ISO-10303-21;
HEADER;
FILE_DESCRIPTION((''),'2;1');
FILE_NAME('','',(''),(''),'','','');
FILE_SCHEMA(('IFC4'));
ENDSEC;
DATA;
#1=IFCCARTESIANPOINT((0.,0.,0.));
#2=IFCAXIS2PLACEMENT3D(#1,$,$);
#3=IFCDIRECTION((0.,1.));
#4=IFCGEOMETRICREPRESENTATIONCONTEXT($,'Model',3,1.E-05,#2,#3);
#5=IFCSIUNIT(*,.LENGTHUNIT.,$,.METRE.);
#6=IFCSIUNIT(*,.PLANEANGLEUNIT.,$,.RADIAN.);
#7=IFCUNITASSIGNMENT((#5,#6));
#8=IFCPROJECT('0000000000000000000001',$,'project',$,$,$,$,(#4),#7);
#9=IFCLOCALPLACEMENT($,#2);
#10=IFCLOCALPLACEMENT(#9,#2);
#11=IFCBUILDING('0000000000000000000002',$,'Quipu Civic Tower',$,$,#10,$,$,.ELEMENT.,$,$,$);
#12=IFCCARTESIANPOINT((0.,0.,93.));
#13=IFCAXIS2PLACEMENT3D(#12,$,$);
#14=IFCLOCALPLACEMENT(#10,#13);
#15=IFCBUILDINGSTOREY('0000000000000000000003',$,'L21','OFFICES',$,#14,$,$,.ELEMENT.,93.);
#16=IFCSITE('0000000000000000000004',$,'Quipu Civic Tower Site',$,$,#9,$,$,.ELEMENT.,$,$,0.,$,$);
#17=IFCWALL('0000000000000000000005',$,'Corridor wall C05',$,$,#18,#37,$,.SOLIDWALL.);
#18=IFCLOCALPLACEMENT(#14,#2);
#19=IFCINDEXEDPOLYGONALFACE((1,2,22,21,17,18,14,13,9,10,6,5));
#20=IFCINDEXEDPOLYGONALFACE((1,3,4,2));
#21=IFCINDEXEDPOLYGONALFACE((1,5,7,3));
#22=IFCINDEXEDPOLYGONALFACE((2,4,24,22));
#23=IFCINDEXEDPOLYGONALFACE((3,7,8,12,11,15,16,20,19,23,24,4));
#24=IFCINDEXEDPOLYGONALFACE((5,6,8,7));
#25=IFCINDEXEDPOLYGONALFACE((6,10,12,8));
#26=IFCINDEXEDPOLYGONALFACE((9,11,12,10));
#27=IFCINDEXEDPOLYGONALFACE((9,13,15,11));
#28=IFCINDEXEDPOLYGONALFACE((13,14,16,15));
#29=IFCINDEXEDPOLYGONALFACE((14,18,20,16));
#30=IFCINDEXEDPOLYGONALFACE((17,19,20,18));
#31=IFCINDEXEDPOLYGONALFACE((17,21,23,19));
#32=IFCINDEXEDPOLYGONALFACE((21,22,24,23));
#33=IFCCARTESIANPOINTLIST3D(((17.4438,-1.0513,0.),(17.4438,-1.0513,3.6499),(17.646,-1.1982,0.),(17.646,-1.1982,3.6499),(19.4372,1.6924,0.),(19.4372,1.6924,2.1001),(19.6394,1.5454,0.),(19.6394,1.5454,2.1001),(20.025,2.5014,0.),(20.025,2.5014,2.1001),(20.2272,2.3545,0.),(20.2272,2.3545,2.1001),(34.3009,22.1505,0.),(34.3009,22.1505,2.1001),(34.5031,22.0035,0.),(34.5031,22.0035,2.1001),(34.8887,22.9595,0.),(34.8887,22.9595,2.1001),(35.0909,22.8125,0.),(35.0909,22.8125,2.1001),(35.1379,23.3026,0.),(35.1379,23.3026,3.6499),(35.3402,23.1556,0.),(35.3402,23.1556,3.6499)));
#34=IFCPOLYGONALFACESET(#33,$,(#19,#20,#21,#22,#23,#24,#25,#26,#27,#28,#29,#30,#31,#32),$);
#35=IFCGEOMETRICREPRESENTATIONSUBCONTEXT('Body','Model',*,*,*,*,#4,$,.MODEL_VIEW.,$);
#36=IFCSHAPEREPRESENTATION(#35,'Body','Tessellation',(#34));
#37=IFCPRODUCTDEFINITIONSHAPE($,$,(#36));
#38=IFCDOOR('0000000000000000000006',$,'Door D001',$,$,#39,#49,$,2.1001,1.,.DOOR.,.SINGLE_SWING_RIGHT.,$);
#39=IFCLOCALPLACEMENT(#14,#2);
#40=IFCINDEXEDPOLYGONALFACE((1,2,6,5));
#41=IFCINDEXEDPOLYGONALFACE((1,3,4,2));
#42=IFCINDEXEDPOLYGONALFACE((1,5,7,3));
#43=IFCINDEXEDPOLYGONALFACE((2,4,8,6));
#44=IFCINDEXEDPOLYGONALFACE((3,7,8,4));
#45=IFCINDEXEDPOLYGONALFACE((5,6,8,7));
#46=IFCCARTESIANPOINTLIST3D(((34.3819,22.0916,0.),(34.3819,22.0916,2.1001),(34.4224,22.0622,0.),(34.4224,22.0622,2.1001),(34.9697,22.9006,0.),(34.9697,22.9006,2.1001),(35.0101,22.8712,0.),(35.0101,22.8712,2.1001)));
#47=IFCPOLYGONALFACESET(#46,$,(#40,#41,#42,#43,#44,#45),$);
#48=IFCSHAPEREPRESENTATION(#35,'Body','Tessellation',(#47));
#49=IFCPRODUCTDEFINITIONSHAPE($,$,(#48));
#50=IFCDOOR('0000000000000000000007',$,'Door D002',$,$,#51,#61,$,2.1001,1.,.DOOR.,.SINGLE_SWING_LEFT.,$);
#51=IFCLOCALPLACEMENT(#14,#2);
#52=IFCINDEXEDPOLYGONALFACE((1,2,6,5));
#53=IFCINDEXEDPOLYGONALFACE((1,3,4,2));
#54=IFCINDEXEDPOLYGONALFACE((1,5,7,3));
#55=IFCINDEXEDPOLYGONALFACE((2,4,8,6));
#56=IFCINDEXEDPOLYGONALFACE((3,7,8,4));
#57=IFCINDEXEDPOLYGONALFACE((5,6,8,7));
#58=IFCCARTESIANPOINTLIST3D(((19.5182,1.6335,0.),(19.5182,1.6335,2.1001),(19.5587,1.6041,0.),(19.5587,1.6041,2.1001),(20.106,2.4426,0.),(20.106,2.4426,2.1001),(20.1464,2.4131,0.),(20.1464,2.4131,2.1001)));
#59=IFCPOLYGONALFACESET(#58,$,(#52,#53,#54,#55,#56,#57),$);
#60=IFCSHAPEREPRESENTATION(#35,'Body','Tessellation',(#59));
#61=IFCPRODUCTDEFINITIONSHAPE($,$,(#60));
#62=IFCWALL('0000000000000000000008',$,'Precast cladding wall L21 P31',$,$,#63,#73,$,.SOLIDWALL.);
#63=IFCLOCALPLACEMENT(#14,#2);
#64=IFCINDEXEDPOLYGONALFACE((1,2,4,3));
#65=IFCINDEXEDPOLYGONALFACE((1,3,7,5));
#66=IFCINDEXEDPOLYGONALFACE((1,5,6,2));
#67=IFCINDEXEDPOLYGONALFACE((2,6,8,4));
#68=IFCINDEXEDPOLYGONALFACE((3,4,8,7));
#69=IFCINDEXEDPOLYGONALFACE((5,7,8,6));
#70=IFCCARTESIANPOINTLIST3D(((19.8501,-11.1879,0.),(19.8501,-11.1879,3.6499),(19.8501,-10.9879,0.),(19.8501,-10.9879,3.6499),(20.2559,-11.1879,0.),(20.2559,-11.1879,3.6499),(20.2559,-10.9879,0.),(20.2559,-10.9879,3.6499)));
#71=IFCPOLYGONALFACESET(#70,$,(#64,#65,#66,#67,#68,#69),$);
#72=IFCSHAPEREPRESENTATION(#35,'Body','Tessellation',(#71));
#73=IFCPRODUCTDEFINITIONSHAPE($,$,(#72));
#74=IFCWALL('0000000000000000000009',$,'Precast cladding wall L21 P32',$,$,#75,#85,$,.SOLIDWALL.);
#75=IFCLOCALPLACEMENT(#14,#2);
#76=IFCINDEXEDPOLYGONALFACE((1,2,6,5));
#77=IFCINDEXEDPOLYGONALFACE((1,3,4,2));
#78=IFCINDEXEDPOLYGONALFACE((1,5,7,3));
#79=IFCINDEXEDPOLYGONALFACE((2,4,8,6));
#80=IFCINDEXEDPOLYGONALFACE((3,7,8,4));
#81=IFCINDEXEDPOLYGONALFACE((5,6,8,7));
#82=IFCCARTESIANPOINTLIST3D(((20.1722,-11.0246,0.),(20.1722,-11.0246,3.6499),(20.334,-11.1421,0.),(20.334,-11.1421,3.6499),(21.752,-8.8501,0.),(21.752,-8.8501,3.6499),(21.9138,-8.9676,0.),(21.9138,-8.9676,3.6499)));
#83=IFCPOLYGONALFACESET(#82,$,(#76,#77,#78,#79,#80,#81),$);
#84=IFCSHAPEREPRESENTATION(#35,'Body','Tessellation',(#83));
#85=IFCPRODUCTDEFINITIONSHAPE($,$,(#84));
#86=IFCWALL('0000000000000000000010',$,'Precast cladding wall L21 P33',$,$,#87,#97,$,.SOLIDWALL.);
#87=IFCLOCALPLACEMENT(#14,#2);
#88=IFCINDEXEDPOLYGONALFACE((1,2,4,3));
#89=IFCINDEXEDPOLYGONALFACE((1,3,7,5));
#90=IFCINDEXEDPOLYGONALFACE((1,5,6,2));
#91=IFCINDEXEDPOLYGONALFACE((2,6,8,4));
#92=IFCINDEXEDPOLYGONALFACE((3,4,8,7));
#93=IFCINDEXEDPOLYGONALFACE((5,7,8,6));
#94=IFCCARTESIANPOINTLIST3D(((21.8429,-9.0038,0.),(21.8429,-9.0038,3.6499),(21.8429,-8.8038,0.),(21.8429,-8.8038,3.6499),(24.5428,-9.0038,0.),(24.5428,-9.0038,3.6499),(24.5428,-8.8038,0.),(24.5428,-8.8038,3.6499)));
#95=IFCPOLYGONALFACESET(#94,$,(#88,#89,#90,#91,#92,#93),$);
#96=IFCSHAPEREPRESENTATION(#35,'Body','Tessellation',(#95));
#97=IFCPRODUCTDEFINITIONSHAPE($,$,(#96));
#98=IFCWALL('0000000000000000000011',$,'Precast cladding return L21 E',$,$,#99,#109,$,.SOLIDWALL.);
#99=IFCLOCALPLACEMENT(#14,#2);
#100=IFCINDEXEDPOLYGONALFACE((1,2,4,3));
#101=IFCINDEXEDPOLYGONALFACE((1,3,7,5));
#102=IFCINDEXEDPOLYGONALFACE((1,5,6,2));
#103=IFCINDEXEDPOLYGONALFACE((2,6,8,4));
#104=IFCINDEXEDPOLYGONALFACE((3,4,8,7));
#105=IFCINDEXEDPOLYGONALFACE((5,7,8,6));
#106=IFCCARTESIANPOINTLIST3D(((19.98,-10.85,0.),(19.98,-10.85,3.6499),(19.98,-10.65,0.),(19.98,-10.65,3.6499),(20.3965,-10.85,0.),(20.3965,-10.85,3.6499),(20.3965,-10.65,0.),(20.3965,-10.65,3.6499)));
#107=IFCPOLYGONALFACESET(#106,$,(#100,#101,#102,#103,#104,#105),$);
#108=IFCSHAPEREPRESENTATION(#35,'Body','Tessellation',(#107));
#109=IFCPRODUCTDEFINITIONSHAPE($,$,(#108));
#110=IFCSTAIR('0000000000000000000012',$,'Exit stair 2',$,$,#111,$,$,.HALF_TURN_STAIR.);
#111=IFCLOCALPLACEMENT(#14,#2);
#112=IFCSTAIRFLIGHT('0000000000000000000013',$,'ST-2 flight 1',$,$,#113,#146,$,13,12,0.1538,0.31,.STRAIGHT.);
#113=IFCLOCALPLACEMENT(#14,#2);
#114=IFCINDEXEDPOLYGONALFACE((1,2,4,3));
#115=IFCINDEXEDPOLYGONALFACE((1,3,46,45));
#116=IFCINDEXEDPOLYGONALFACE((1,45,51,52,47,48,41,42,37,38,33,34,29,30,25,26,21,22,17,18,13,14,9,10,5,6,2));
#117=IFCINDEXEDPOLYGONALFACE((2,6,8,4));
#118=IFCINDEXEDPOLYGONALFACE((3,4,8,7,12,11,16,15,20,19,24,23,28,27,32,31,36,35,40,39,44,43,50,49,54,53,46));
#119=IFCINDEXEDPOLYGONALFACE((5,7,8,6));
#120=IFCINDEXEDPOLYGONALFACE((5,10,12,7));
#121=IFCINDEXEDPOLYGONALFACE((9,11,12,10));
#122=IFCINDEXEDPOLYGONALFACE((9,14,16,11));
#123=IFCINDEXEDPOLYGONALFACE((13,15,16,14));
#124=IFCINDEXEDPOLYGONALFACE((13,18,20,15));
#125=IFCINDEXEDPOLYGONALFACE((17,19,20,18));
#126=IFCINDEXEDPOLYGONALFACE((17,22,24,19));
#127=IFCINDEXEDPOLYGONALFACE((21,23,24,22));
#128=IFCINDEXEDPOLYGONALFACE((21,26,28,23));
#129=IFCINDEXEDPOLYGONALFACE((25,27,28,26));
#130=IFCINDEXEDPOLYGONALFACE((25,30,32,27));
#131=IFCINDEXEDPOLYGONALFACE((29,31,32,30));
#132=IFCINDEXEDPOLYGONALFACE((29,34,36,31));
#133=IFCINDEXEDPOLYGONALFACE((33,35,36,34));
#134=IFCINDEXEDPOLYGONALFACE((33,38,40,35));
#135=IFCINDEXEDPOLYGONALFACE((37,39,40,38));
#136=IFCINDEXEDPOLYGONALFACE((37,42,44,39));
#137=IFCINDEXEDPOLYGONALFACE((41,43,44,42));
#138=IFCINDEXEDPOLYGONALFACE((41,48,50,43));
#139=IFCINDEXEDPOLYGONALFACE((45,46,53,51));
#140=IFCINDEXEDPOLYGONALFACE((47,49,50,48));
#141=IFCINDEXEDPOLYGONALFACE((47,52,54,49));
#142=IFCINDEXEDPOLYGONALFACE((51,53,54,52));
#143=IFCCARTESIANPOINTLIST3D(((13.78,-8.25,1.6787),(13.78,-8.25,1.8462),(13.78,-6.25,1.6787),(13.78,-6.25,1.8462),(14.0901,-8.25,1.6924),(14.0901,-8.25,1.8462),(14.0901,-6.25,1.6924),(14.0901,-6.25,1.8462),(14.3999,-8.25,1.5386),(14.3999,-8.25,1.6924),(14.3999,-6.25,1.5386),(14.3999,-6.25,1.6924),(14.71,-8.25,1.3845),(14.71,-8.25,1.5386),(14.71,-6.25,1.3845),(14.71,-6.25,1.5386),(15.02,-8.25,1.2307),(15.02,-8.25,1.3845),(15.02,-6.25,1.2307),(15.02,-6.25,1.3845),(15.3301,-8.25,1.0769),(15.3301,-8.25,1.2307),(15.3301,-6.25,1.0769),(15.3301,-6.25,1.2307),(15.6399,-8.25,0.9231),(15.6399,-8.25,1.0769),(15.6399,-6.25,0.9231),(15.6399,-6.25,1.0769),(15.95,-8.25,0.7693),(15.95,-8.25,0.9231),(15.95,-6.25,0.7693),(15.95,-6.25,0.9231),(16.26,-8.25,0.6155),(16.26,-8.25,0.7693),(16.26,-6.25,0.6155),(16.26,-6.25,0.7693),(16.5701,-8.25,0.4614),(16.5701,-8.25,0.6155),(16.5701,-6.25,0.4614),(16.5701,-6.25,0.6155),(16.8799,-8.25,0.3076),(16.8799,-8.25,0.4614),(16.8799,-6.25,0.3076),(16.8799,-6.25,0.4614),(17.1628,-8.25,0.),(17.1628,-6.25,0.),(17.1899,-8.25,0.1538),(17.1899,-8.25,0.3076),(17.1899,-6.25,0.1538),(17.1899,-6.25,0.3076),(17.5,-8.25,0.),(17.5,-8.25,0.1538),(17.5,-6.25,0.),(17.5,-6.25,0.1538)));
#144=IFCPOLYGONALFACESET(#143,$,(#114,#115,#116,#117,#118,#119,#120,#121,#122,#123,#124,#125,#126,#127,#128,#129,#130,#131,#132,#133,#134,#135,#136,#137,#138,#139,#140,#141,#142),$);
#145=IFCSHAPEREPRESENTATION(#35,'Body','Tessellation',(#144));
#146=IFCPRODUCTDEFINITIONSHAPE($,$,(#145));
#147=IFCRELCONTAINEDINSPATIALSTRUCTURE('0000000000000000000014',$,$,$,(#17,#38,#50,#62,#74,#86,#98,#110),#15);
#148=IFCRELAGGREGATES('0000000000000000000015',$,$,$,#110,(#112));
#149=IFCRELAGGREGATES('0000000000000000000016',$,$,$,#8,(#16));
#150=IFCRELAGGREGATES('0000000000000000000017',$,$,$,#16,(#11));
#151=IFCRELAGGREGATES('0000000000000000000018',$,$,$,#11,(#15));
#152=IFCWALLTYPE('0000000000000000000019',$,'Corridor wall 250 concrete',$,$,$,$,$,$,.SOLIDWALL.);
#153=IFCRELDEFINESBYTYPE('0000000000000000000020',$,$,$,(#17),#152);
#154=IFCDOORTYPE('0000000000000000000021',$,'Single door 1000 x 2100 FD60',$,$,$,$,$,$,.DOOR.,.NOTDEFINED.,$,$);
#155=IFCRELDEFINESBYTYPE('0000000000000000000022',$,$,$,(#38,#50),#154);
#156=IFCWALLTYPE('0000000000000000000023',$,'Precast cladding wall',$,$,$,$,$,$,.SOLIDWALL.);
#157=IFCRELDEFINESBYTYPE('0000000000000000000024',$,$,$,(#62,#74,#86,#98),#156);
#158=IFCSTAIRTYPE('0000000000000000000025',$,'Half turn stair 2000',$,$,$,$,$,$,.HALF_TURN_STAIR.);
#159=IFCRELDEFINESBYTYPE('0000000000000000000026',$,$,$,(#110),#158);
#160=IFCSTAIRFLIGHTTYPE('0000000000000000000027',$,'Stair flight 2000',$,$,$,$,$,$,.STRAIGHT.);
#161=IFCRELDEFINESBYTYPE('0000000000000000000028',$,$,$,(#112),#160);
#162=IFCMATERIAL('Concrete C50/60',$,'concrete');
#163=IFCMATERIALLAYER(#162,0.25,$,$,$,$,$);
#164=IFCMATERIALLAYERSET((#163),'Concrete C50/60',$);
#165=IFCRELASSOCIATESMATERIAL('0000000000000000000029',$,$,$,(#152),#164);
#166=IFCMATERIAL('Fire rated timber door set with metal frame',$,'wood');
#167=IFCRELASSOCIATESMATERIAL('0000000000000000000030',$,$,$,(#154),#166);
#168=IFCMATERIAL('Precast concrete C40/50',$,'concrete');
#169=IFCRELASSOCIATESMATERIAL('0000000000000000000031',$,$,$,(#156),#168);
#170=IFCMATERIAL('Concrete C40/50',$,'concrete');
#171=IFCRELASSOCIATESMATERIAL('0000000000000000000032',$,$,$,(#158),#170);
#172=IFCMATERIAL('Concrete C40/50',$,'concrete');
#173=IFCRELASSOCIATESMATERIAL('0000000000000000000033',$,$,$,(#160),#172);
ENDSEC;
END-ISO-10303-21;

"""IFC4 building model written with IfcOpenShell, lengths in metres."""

from ifc_helpers import new_model, si_unit, direction, frame, frame_2d, origin, place, context, subcontext, project, spatial, polyline, rectangle, outline, extrude, material, layer, layer_set, type_object, element, fill, aggregate, save


model = new_model("IFC4")

# Units and contexts
model_context = context("Model", 3, precision=1e-05, world=origin(), true_north=direction((0.0, 1.0)))
body_context = subcontext(model_context, "Body", "Model", "MODEL_VIEW")
ifc_project = project(units=[si_unit("LENGTHUNIT", "METRE"), si_unit("PLANEANGLEUNIT", "RADIAN")], contexts=[model_context])

# Site, building, storey
site_placement = place(None, origin())
site = spatial("IfcSite", under=ifc_project, at=site_placement, Name="Quipu Civic Tower Site", CompositionType="ELEMENT", RefElevation=0.0)
building_placement = place(site_placement, origin())
building = spatial("IfcBuilding", under=site, at=building_placement, Name="Quipu Civic Tower", CompositionType="ELEMENT")
storey_placement = place(building_placement, frame((0.0, 0.0, 93.0)))
storey = spatial("IfcBuildingStorey", under=building, at=storey_placement, Name="L21", Description="OFFICES", CompositionType="ELEMENT", Elevation=93.0)

# Wall, openings, doors
ifc_material_1 = material(Name="Concrete C50/60", Category="concrete")
ifc_layer_1 = layer(ifc_material_1, 0.25)
ifc_layer_set_1 = layer_set([ifc_layer_1], Name="Concrete C50/60")
wall_type_1 = type_object("IfcWallType", Name="Corridor wall 250 concrete", PredefinedType="SOLIDWALL", material=ifc_layer_set_1)
wall_1_placement = place(storey_placement, frame((17.5449, -1.1248, 0.0), z_axis=(0.0, 0.0, 1.0), x_axis=(0.587786, 0.809016, 0.0)))
wall_1 = element("IfcWall", 1, at=wall_1_placement, inside=storey, type_object=wall_type_1, Name="Corridor wall C05", PredefinedType="SOLIDWALL", context=body_context, shape_type="SweptSolid", body=[
    extrude(rectangle(XDim=30.103, YDim=0.25, at=frame_2d((15.0515, 0.0))), origin(), (0.0, 0.0, 1.0), 3.6499),
])
opening_1_placement = place(wall_1_placement, frame((28.679, 0.0, 0.0)))
opening_1 = element("IfcOpeningElement", 2, at=opening_1_placement, cuts=wall_1, PredefinedType="OPENING", context=body_context, shape_type="SweptSolid", body=[
    extrude(rectangle(XDim=1.0, YDim=2.1001, at=frame_2d((0.5, 1.05))), frame((0.0, 0.135, 0.0), z_axis=(0.0, -1.0, 0.0), x_axis=(1.0, 0.0, 0.0)), (0.0, 0.0, 1.0), 0.27),
])
opening_2_placement = place(wall_1_placement, frame((3.3914, 0.0, 0.0)))
opening_2 = element("IfcOpeningElement", 3, at=opening_2_placement, cuts=wall_1, PredefinedType="OPENING", context=body_context, shape_type="SweptSolid", body=[
    extrude(rectangle(XDim=1.0, YDim=2.1001, at=frame_2d((0.5, 1.05))), frame((0.0, 0.135, 0.0), z_axis=(0.0, -1.0, 0.0), x_axis=(1.0, 0.0, 0.0)), (0.0, 0.0, 1.0), 0.27),
])
ifc_material_2 = material(Name="Fire rated timber door set with metal frame", Category="wood")
door_type_1 = type_object("IfcDoorType", Name="Single door 1000 x 2100 FD60", OperationType="NOTDEFINED", PredefinedType="DOOR", material=ifc_material_2)
door_1_placement = place(opening_1_placement, origin())
door_1 = element("IfcDoor", 4, at=door_1_placement, inside=storey, type_object=door_type_1, Name="Door D001", OperationType="SINGLE_SWING_RIGHT", OverallHeight=2.1001, OverallWidth=1.0, PredefinedType="DOOR", context=body_context, shape_type="SweptSolid", body=[
    extrude(rectangle(XDim=1.0, YDim=2.1001, at=frame_2d((0.5, 1.05))), frame((0.0, 0.0249, 0.0), z_axis=(0.0, -1.0, 0.0), x_axis=(1.0, 0.0, 0.0)), (0.0, 0.0, 1.0), 0.05),
])
fill(opening_1, door_1)
door_2_placement = place(opening_2_placement, origin())
door_2 = element("IfcDoor", 5, at=door_2_placement, inside=storey, type_object=door_type_1, Name="Door D002", OperationType="SINGLE_SWING_LEFT", OverallHeight=2.1001, OverallWidth=1.0, PredefinedType="DOOR", context=body_context, shape_type="SweptSolid", body=[
    extrude(rectangle(XDim=1.0, YDim=2.1001, at=frame_2d((0.5, 1.05))), frame((0.0, 0.0249, 0.0), z_axis=(0.0, -1.0, 0.0), x_axis=(1.0, 0.0, 0.0)), (0.0, 0.0, 1.0), 0.05),
])
fill(opening_2, door_2)

# Walls
ifc_material_3 = material(Name="Precast concrete C40/50", Category="concrete")
wall_type_2 = type_object("IfcWallType", Name="Precast cladding wall", PredefinedType="SOLIDWALL", material=ifc_material_3)
wall_2_placement = place(storey_placement, frame((19.8501, -11.0879, 0.0), z_axis=(0.0, 0.0, 1.0), x_axis=(1.0, 0.0, 0.0)))
element("IfcWall", 6, at=wall_2_placement, inside=storey, type_object=wall_type_2, Name="Precast cladding wall L21 P31", PredefinedType="SOLIDWALL", context=body_context, shape_type="SweptSolid", body=[
    extrude(rectangle(XDim=0.4058, YDim=0.2, at=frame_2d((0.2029, 0.0))), origin(), (0.0, 0.0, 1.0), 3.6499),
])
wall_3_placement = place(storey_placement, frame((20.2532, -11.0833, 0.0), z_axis=(0.0, 0.0, 1.0), x_axis=(0.587767, 0.809031, 0.0)))
element("IfcWall", 7, at=wall_3_placement, inside=storey, type_object=wall_type_2, Name="Precast cladding wall L21 P32", PredefinedType="SOLIDWALL", context=body_context, shape_type="SweptSolid", body=[
    extrude(rectangle(XDim=2.6877, YDim=0.2, at=frame_2d((1.3438, 0.0))), origin(), (0.0, 0.0, 1.0), 3.6499),
])
wall_4_placement = place(storey_placement, frame((21.8428, -8.9038, 0.0), z_axis=(0.0, 0.0, 1.0), x_axis=(1.0, 0.0, 0.0)))
element("IfcWall", 8, at=wall_4_placement, inside=storey, type_object=wall_type_2, Name="Precast cladding wall L21 P33", PredefinedType="SOLIDWALL", context=body_context, shape_type="SweptSolid", body=[
    extrude(rectangle(XDim=2.7, YDim=0.2, at=frame_2d((1.3501, 0.0))), origin(), (0.0, 0.0, 1.0), 3.6499),
])
wall_5_placement = place(storey_placement, frame((19.98, -10.75, 0.0), z_axis=(0.0, 0.0, 1.0), x_axis=(1.0, 0.0, 0.0)))
element("IfcWall", 9, at=wall_5_placement, inside=storey, type_object=wall_type_2, Name="Precast cladding return L21 E", PredefinedType="SOLIDWALL", context=body_context, shape_type="SweptSolid", body=[
    extrude(rectangle(XDim=0.4165, YDim=0.2, at=frame_2d((0.2083, 0.0))), origin(), (0.0, 0.0, 1.0), 3.6499),
])

# Stair, stair flight
ifc_material_4 = material(Name="Concrete C40/50", Category="concrete")
stair_type = type_object("IfcStairType", Name="Half turn stair 2000", PredefinedType="HALF_TURN_STAIR", material=ifc_material_4)
stair_placement = place(storey_placement, origin())
stair = element("IfcStair", 10, at=stair_placement, inside=storey, type_object=stair_type, Name="Exit stair 2", PredefinedType="HALF_TURN_STAIR")
ifc_material_5 = material(Name="Concrete C40/50", Category="concrete")
stair_flight_type = type_object("IfcStairFlightType", Name="Stair flight 2000", PredefinedType="STRAIGHT", material=ifc_material_5)
stair_flight_placement = place(storey_placement, frame((17.5, -7.25, 0.0), z_axis=(0.0, 0.0, 1.0), x_axis=(-1.0, 0.0, 0.0)))
stair_flight = element("IfcStairFlight", 11, at=stair_flight_placement, type_object=stair_flight_type, Name="ST-2 flight 1", NumberOfRisers=13, NumberOfTreads=12, PredefinedType="STRAIGHT", RiserHeight=0.1538, TreadLength=0.31, context=body_context, shape_type="SweptSolid", body=[
    extrude(outline(polyline([(0.0, 0.0), (0.0, 0.1538), (0.3101, 0.1538), (0.3101, 0.3076), (0.6201, 0.3076), (0.6201, 0.4614), (0.9299, 0.4614), (0.9299, 0.6155), (1.24, 0.6155), (1.24, 0.7693), (1.55, 0.7693), (1.55, 0.9231), (1.8601, 0.9231), (1.8601, 1.0769), (2.1699, 1.0769), (2.1699, 1.2307), (2.48, 1.2307), (2.48, 1.3845), (2.79, 1.3845), (2.79, 1.5386), (3.1001, 1.5386), (3.1001, 1.6924), (3.4099, 1.6924), (3.4099, 1.8462), (3.72, 1.8462), (3.72, 2.0), (3.72, 1.6787), (0.3372, 0.0), (0.0, 0.0)])), frame((0.0, 1.0, 0.0), z_axis=(0.0, -1.0, 0.0), x_axis=(1.0, 0.0, 0.0)), (0.0, 0.0, 1.0), 2.0),
])
aggregate(stair, [stair_flight])

save(model, "model.ifc")
